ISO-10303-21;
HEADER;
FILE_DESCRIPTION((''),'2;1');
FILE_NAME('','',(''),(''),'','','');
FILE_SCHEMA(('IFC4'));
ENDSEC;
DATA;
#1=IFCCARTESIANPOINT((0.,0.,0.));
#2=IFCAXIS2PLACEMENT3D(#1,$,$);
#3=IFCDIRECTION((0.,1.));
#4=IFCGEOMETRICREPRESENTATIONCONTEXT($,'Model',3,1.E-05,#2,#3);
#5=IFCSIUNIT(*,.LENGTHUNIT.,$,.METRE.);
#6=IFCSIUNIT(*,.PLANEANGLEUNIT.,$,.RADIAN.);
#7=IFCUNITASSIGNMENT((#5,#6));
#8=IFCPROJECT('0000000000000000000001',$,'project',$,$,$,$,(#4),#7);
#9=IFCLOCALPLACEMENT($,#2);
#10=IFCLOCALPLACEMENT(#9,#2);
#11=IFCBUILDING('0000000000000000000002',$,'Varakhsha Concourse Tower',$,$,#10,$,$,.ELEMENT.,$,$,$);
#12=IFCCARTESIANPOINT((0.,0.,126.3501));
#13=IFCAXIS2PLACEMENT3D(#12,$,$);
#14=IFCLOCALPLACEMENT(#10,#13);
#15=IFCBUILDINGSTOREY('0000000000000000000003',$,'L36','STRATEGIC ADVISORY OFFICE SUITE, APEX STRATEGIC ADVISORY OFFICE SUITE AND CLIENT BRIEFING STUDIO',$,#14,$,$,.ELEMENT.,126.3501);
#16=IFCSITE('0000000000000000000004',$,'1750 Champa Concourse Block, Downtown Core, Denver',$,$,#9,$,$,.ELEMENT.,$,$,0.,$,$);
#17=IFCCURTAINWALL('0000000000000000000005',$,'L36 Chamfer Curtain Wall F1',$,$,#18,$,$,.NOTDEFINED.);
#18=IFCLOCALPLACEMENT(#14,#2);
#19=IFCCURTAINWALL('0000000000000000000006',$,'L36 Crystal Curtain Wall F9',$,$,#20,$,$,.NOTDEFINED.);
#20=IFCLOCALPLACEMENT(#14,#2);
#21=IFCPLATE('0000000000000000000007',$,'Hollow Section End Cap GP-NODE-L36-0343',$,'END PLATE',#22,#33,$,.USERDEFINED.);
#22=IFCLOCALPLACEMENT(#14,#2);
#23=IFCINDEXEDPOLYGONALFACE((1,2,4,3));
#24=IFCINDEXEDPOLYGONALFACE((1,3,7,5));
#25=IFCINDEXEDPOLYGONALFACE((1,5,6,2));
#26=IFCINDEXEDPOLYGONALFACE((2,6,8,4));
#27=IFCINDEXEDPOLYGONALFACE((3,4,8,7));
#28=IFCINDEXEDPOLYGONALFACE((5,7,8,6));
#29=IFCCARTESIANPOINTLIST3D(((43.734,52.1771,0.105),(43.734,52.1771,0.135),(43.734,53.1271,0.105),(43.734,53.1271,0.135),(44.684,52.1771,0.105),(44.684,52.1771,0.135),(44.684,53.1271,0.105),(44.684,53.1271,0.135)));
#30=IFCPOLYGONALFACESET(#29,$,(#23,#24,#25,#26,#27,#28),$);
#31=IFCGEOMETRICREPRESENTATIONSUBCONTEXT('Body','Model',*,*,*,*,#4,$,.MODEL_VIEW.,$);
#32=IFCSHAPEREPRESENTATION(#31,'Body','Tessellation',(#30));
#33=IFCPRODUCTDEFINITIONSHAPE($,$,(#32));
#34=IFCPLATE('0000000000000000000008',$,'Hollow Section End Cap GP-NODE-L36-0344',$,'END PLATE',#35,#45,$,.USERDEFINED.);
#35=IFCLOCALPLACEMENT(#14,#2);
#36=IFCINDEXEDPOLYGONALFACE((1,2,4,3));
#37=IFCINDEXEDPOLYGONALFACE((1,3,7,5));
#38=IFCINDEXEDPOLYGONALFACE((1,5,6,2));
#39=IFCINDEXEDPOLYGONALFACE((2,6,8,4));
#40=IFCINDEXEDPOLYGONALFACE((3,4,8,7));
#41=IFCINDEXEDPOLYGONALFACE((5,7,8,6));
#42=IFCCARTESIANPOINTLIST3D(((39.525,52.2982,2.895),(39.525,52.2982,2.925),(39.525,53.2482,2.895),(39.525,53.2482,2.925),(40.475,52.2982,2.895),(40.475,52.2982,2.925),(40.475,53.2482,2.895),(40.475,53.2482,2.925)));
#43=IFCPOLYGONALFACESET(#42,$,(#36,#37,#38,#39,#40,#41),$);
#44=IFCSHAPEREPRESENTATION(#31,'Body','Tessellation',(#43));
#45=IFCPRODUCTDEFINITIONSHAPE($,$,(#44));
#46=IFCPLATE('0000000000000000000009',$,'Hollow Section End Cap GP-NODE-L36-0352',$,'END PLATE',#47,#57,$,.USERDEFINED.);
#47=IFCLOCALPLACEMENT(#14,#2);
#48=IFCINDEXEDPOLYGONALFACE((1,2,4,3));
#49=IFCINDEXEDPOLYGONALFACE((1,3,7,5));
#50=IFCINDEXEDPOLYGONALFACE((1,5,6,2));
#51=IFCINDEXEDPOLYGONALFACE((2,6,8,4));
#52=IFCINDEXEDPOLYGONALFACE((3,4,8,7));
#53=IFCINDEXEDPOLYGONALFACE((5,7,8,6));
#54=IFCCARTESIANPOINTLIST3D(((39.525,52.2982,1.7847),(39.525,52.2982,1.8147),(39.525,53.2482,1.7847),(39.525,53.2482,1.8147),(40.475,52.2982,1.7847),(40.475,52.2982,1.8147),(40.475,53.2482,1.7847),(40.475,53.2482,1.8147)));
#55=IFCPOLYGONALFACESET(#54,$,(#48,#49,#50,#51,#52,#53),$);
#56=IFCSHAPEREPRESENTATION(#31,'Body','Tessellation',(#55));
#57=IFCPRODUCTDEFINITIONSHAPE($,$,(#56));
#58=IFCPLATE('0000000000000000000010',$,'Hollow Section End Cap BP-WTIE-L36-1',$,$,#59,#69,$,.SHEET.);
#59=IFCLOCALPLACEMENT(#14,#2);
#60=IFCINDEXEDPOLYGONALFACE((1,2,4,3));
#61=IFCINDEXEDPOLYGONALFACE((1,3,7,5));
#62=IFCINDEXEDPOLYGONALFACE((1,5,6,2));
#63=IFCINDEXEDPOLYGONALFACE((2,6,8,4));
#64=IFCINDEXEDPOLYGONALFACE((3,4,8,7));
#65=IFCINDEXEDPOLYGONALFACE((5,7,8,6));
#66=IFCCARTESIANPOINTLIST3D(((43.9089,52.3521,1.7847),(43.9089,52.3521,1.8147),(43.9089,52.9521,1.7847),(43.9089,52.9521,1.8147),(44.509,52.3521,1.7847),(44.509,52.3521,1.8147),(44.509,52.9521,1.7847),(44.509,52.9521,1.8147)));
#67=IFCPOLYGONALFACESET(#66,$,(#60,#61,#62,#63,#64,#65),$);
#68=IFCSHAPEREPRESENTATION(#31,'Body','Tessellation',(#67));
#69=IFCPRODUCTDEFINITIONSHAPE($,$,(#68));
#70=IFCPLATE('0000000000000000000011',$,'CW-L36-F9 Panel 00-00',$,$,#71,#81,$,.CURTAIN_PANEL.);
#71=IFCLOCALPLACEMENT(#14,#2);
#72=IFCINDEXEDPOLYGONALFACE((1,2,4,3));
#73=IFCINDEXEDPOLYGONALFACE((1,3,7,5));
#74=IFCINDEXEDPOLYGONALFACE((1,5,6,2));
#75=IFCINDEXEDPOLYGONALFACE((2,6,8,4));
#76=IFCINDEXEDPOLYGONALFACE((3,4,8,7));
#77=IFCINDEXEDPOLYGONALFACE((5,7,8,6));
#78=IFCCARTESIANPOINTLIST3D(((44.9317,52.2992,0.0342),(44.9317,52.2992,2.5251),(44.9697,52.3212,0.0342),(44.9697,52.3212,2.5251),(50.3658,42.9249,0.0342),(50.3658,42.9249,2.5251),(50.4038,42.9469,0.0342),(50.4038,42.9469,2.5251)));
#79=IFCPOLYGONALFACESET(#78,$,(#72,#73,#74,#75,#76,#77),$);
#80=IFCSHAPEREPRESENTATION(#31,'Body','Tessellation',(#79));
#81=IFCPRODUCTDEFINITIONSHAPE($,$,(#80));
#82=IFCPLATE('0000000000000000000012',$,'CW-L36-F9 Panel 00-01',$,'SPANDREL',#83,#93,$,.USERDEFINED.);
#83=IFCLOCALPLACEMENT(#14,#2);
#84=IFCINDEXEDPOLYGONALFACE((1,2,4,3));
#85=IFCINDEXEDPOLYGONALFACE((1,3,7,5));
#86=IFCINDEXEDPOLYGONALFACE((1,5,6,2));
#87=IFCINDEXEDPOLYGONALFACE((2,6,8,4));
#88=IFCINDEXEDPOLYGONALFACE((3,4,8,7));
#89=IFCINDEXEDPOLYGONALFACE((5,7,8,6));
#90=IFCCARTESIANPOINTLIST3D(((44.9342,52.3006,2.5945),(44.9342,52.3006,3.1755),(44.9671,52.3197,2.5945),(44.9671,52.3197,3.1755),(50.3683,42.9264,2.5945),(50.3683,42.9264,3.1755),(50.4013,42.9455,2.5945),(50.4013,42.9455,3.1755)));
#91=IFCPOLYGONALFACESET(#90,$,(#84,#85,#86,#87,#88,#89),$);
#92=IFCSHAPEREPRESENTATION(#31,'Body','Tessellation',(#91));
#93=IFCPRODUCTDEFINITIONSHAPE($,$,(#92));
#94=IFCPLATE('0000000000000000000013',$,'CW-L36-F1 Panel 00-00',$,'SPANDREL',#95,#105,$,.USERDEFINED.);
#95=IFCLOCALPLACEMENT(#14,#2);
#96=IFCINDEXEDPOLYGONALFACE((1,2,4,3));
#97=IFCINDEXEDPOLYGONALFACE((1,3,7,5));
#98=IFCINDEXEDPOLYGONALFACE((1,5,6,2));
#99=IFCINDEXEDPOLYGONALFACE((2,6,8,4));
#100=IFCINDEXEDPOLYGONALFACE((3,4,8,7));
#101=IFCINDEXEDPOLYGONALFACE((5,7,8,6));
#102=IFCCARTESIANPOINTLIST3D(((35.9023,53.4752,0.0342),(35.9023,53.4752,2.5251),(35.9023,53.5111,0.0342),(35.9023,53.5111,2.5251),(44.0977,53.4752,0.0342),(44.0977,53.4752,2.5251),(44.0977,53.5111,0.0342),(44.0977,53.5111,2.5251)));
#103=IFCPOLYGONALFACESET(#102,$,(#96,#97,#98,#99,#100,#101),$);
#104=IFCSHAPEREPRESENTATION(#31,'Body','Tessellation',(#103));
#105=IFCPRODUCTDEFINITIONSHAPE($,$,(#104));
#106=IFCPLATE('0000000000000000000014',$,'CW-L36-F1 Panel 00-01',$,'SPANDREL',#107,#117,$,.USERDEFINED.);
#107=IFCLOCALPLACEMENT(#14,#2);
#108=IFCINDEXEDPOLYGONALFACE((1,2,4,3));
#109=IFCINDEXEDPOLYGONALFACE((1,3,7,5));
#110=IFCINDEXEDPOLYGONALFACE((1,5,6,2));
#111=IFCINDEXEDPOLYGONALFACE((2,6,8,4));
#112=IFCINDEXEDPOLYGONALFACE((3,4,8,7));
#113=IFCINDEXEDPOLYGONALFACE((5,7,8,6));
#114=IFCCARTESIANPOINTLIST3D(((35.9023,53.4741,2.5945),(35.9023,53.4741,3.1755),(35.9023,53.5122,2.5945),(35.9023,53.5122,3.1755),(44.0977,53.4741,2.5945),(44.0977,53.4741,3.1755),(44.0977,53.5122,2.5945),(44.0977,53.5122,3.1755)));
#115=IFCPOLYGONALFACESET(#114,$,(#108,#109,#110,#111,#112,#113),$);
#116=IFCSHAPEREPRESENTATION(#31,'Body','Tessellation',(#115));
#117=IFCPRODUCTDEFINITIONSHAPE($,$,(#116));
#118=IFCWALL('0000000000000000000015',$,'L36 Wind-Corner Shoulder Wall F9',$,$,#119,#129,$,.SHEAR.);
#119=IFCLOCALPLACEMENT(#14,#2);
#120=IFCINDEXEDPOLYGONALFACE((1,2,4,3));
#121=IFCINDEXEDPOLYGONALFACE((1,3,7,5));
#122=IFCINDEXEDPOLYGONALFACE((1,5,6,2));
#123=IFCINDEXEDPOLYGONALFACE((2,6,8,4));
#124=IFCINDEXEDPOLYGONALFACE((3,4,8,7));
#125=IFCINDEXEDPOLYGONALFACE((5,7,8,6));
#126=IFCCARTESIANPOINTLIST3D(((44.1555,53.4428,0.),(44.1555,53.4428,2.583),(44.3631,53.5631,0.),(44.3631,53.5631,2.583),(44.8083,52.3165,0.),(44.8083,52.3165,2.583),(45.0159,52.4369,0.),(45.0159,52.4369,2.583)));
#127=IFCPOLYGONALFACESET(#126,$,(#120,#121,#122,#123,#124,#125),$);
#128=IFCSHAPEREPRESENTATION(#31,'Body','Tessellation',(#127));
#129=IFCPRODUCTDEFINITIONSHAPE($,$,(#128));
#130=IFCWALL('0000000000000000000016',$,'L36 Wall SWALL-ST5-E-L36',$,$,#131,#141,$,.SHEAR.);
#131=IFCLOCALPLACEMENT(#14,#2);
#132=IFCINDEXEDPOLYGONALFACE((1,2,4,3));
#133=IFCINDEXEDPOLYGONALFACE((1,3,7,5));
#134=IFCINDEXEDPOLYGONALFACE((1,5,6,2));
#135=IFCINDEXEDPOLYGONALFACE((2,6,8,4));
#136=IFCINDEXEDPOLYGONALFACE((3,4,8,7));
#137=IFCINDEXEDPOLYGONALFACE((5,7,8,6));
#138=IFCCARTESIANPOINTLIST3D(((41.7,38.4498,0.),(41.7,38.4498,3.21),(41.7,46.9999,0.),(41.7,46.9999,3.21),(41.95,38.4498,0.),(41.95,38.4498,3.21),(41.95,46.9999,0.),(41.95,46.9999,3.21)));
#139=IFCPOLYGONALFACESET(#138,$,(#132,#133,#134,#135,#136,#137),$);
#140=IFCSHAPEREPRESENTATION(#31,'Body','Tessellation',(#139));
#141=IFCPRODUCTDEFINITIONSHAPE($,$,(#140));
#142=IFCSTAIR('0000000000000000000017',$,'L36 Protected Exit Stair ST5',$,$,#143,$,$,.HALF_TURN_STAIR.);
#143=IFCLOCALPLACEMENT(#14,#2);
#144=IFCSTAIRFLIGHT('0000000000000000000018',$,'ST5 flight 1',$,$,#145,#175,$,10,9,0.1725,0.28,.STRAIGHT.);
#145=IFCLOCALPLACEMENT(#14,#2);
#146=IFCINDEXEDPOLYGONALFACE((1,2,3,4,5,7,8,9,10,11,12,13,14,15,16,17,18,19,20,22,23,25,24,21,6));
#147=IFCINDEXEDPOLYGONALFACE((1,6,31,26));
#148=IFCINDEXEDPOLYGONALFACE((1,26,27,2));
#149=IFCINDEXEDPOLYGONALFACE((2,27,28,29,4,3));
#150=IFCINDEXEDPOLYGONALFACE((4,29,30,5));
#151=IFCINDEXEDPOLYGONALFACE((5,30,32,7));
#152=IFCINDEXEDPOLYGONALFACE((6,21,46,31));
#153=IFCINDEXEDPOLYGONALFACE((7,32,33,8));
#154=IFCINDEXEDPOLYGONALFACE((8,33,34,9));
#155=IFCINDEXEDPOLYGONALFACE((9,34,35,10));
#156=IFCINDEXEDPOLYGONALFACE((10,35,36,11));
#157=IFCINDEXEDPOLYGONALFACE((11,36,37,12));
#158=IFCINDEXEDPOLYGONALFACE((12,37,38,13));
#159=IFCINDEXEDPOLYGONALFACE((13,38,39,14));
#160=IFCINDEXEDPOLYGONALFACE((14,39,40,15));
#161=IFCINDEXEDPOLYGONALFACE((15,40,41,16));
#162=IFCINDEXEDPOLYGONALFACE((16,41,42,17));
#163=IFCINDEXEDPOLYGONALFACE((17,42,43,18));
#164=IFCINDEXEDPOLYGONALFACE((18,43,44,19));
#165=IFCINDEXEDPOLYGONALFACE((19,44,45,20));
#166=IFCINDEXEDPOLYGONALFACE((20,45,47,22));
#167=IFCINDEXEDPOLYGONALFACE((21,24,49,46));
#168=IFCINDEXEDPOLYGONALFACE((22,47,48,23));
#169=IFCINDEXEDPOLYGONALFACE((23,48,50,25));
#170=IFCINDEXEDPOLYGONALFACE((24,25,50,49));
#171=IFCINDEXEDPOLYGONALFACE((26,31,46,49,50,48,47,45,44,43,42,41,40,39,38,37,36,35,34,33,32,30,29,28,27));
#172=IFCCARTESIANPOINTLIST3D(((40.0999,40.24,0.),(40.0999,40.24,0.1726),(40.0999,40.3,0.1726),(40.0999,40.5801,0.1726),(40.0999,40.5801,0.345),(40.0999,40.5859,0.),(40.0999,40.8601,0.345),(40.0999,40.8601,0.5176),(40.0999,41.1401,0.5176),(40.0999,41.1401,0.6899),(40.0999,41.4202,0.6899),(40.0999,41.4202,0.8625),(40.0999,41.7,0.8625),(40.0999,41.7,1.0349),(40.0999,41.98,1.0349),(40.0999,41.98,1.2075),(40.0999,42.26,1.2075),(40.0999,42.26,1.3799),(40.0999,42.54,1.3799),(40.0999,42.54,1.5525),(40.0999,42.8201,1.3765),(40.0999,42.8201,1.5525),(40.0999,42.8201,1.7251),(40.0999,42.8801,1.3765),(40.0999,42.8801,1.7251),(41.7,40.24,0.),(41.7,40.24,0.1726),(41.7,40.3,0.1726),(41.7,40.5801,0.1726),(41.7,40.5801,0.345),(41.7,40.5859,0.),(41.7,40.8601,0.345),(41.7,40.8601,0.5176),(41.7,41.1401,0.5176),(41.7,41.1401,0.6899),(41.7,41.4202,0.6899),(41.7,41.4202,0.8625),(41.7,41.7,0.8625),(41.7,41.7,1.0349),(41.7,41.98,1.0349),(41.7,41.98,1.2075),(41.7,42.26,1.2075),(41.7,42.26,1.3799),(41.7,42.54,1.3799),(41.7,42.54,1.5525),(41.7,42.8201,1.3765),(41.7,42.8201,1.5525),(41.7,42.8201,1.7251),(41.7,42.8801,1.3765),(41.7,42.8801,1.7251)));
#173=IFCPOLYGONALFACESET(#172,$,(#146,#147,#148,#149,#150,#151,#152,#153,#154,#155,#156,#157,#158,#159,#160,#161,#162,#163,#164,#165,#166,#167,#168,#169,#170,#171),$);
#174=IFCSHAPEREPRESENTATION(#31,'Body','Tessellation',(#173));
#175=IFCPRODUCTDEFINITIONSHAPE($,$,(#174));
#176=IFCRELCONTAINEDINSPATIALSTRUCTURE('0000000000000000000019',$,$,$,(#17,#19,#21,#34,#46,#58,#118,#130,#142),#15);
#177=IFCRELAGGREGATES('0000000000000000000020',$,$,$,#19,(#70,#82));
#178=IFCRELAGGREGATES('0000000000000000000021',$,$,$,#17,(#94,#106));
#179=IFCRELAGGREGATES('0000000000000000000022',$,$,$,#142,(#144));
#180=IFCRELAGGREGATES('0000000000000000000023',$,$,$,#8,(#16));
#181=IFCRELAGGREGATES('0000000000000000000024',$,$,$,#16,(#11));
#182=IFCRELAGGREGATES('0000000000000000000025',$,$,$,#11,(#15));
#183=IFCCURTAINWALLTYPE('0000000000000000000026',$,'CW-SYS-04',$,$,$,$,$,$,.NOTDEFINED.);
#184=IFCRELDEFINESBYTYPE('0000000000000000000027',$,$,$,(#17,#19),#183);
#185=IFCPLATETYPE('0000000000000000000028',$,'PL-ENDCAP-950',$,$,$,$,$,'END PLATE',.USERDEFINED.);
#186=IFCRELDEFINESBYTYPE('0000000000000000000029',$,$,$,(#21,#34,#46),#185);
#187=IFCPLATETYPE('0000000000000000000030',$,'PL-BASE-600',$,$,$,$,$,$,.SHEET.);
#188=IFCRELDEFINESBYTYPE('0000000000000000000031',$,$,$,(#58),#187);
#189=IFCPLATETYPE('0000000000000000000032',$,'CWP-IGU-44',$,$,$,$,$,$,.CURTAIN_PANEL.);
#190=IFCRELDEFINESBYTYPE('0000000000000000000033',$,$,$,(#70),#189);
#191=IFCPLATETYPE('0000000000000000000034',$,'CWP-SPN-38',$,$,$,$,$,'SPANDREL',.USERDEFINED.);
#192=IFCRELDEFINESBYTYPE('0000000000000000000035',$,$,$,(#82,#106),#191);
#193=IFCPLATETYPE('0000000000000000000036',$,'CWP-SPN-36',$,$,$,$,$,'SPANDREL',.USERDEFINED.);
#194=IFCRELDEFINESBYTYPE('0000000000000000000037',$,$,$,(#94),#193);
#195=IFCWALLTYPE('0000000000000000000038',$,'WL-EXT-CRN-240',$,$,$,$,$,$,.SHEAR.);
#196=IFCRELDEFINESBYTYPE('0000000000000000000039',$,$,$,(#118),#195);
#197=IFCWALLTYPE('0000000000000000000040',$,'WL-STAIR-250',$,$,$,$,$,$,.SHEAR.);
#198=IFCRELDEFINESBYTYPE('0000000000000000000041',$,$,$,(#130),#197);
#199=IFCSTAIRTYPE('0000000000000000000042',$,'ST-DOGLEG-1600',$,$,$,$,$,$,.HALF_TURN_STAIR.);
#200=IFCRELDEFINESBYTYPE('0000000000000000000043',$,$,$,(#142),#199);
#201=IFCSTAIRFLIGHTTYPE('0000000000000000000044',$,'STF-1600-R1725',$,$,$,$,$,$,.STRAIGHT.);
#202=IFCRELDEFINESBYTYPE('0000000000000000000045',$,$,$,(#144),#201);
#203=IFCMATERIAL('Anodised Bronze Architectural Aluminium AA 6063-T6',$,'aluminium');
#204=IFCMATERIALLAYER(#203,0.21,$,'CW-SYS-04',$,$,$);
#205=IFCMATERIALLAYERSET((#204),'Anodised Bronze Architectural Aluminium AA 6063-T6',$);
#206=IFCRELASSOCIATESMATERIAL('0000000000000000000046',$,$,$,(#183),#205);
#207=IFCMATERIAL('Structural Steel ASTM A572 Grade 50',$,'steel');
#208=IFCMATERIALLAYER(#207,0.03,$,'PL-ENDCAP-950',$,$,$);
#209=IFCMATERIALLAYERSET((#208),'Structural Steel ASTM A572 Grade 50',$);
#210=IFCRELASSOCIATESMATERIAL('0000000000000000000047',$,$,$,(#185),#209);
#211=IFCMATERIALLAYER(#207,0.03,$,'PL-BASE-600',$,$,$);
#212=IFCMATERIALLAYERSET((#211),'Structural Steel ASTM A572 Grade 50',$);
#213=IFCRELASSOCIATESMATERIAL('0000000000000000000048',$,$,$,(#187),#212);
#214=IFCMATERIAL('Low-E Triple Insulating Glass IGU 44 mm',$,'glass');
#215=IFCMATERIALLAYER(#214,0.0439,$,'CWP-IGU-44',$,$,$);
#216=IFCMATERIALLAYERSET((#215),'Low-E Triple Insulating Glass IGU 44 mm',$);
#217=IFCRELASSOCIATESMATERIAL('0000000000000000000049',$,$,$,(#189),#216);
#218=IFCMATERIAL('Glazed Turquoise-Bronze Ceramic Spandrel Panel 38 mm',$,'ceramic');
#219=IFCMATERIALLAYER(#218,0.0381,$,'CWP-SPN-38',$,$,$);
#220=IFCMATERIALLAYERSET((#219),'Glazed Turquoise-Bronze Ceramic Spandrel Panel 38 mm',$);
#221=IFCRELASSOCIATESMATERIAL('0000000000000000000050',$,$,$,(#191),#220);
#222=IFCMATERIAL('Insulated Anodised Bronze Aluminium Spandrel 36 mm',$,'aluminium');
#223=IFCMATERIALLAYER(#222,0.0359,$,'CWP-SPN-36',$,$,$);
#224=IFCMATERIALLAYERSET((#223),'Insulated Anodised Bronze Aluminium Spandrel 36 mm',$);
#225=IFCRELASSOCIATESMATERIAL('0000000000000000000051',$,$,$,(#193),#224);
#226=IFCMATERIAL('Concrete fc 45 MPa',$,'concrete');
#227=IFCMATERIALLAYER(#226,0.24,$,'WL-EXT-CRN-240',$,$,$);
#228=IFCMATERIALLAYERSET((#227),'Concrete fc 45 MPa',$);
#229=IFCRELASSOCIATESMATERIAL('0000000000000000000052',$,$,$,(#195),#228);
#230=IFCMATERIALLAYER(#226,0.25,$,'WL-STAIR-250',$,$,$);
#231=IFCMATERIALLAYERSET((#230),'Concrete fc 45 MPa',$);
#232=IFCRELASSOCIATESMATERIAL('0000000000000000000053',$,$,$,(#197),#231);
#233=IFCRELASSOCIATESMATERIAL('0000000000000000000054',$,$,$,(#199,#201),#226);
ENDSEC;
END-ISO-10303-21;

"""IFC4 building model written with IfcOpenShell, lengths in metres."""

from ifc_helpers import new_model, si_unit, direction, frame, frame_2d, origin, origin_2d, place, context, subcontext, project, spatial, polyline, rectangle, outline, extrude, source, transform, mapped, material, layer, layer_set, type_object, type_shapes, element, aggregate, save


model = new_model("IFC4")

# Units and contexts
model_context = context("Model", 3, precision=1e-05, world=origin(), true_north=direction((0.0, 1.0)))
body_context = subcontext(model_context, "Body", "Model", "MODEL_VIEW")
ifc_project = project(units=[si_unit("LENGTHUNIT", "METRE"), si_unit("PLANEANGLEUNIT", "RADIAN")], contexts=[model_context])

# Site, building, storey
site_placement = place(None, origin())
site = spatial("IfcSite", under=ifc_project, at=site_placement, Name="1750 Champa Concourse Block, Downtown Core, Denver", CompositionType="ELEMENT", RefElevation=0.0)
building_placement = place(site_placement, origin())
building = spatial("IfcBuilding", under=site, at=building_placement, Name="Varakhsha Concourse Tower", CompositionType="ELEMENT")
storey_placement = place(building_placement, frame((0.0, 0.0, 126.3501)))
storey = spatial("IfcBuildingStorey", under=building, at=storey_placement, Name="L36", Description="STRATEGIC ADVISORY OFFICE SUITE, APEX STRATEGIC ADVISORY OFFICE SUITE AND CLIENT BRIEFING STUDIO", CompositionType="ELEMENT", Elevation=126.3501)

# Shared definitions
ifc_material_1 = material(Name="Structural Steel ASTM A572 Grade 50", Category="steel")

# Curtain wall
ifc_material_2 = material(Name="Anodised Bronze Architectural Aluminium AA 6063-T6", Category="aluminium")
ifc_layer_1 = layer(ifc_material_2, 0.21, Name="CW-SYS-04")
ifc_layer_set_1 = layer_set([ifc_layer_1], Name="Anodised Bronze Architectural Aluminium AA 6063-T6")
curtain_wall_type = type_object("IfcCurtainWallType", Name="CW-SYS-04", PredefinedType="NOTDEFINED", material=ifc_layer_set_1)
curtain_wall_1_placement = place(storey_placement, origin())
curtain_wall_1 = element("IfcCurtainWall", 1, at=curtain_wall_1_placement, inside=storey, type_object=curtain_wall_type, Name="L36 Chamfer Curtain Wall F1", PredefinedType="NOTDEFINED")

# Curtain wall
curtain_wall_2_placement = place(storey_placement, origin())
curtain_wall_2 = element("IfcCurtainWall", 2, at=curtain_wall_2_placement, inside=storey, type_object=curtain_wall_type, Name="L36 Crystal Curtain Wall F9", PredefinedType="NOTDEFINED")

# Plates
ifc_layer_2 = layer(ifc_material_1, 0.03, Name="PL-ENDCAP-950")
ifc_layer_set_2 = layer_set([ifc_layer_2], Name="Structural Steel ASTM A572 Grade 50")
plate_type_1 = type_object("IfcPlateType", Name="PL-ENDCAP-950", ElementType="END PLATE", PredefinedType="USERDEFINED", material=ifc_layer_set_2)
shared_shape_1 = source(origin(), body_context, "Body", "SweptSolid", [
    extrude(rectangle(XDim=0.95, YDim=0.95, at=origin_2d()), origin(), (0.0, 0.0, 1.0), 0.03),
])
type_shapes(plate_type_1, [shared_shape_1])
for number, where, z_axis, x_axis, name in (
    (3, (44.209, 52.6521, 0.105), (0.0, 0.0, 1.0), (1.0, 0.0, 0.0), "Hollow Section End Cap GP-NODE-L36-0343"),
    (4, (40.0, 52.7732, 2.895), (0.0, 0.0, 1.0), (1.0, 0.0, 0.0), "Hollow Section End Cap GP-NODE-L36-0344"),
    (5, (40.0, 52.7732, 1.7847), (0.0, 0.0, 1.0), (1.0, 0.0, 0.0), "Hollow Section End Cap GP-NODE-L36-0352"),
):
    element("IfcPlate", number, at=place(storey_placement, frame(where, z_axis=z_axis, x_axis=x_axis)), inside=storey, type_object=plate_type_1, Name=name, ObjectType="END PLATE", PredefinedType="USERDEFINED", context=body_context, shape_type="MappedRepresentation", body=[
        mapped(shared_shape_1, transform((0.0, 0.0, 0.0), scale=1.0)),
    ])
ifc_layer_3 = layer(ifc_material_1, 0.03, Name="PL-BASE-600")
ifc_layer_set_3 = layer_set([ifc_layer_3], Name="Structural Steel ASTM A572 Grade 50")
plate_type_2 = type_object("IfcPlateType", Name="PL-BASE-600", PredefinedType="SHEET", material=ifc_layer_set_3)
shared_shape_2 = source(origin(), body_context, "Body", "SweptSolid", [
    extrude(rectangle(XDim=0.6001, YDim=0.6001, at=origin_2d()), origin(), (0.0, 0.0, 1.0), 0.03),
])
type_shapes(plate_type_2, [shared_shape_2])
plate_1_placement = place(storey_placement, frame((44.209, 52.6521, 1.7847), z_axis=(0.0, 0.0, 1.0), x_axis=(1.0, 0.0, 0.0)))
element("IfcPlate", 6, at=plate_1_placement, inside=storey, type_object=plate_type_2, Name="Hollow Section End Cap BP-WTIE-L36-1", PredefinedType="SHEET", context=body_context, shape_type="MappedRepresentation", body=[
    mapped(shared_shape_2, transform((0.0, 0.0, 0.0), scale=1.0)),
])

# Plates
ifc_material_3 = material(Name="Low-E Triple Insulating Glass IGU 44 mm", Category="glass")
ifc_layer_4 = layer(ifc_material_3, 0.0439, Name="CWP-IGU-44")
ifc_layer_set_4 = layer_set([ifc_layer_4], Name="Low-E Triple Insulating Glass IGU 44 mm")
plate_type_3 = type_object("IfcPlateType", Name="CWP-IGU-44", PredefinedType="CURTAIN_PANEL", material=ifc_layer_set_4)
shared_shape_3 = source(origin(), body_context, "Body", "SweptSolid", [
    extrude(rectangle(XDim=10.8354, YDim=0.0439, at=origin_2d()), origin(), (0.0, 0.0, 1.0), 2.491),
])
type_shapes(plate_type_3, [shared_shape_3])
plate_2_placement = place(storey_placement, frame((47.6677, 47.623, 0.0342), z_axis=(0.0, 0.0, 1.0), x_axis=(0.501514, -0.86515, 0.0)))
plate_2 = element("IfcPlate", 7, at=plate_2_placement, type_object=plate_type_3, Name="CW-L36-F9 Panel 00-00", PredefinedType="CURTAIN_PANEL", context=body_context, shape_type="MappedRepresentation", body=[
    mapped(shared_shape_3, transform((0.0, 0.0, 0.0), scale=1.0)),
])
ifc_material_4 = material(Name="Glazed Turquoise-Bronze Ceramic Spandrel Panel 38 mm", Category="ceramic")
ifc_layer_5 = layer(ifc_material_4, 0.0381, Name="CWP-SPN-38")
ifc_layer_set_5 = layer_set([ifc_layer_5], Name="Glazed Turquoise-Bronze Ceramic Spandrel Panel 38 mm")
plate_type_4 = type_object("IfcPlateType", Name="CWP-SPN-38", ElementType="SPANDREL", PredefinedType="USERDEFINED", material=ifc_layer_set_5)
shared_shape_4 = source(origin(), body_context, "Body", "SweptSolid", [
    extrude(rectangle(XDim=10.8354, YDim=0.0381, at=origin_2d()), origin(), (0.0, 0.0, 1.0), 0.5811),
])
plate_3_placement = place(storey_placement, frame((47.6677, 47.623, 2.5945), z_axis=(0.0, 0.0, 1.0), x_axis=(0.501514, -0.86515, 0.0)))
plate_3 = element("IfcPlate", 8, at=plate_3_placement, type_object=plate_type_4, Name="CW-L36-F9 Panel 00-01", ObjectType="SPANDREL", PredefinedType="USERDEFINED", context=body_context, shape_type="MappedRepresentation", body=[
    mapped(shared_shape_4, transform((0.0, 0.0, 0.0), scale=1.0)),
])
aggregate(curtain_wall_2, [plate_2, plate_3])
ifc_material_5 = material(Name="Insulated Anodised Bronze Aluminium Spandrel 36 mm", Category="aluminium")
ifc_layer_6 = layer(ifc_material_5, 0.0359, Name="CWP-SPN-36")
ifc_layer_set_6 = layer_set([ifc_layer_6], Name="Insulated Anodised Bronze Aluminium Spandrel 36 mm")
plate_type_5 = type_object("IfcPlateType", Name="CWP-SPN-36", ElementType="SPANDREL", PredefinedType="USERDEFINED", material=ifc_layer_set_6)
shared_shape_5 = source(origin(), body_context, "Body", "SweptSolid", [
    extrude(rectangle(XDim=8.1953, YDim=0.0359, at=origin_2d()), origin(), (0.0, 0.0, 1.0), 2.491),
])
type_shapes(plate_type_5, [shared_shape_5])
plate_4_placement = place(storey_placement, frame((40.0, 53.4932, 0.0342), z_axis=(0.0, 0.0, 1.0), x_axis=(1.0, 0.0, 0.0)))
plate_4 = element("IfcPlate", 9, at=plate_4_placement, type_object=plate_type_5, Name="CW-L36-F1 Panel 00-00", ObjectType="SPANDREL", PredefinedType="USERDEFINED", context=body_context, shape_type="MappedRepresentation", body=[
    mapped(shared_shape_5, transform((0.0, 0.0, 0.0), scale=1.0)),
])
shared_shape_6 = source(origin(), body_context, "Body", "SweptSolid", [
    extrude(rectangle(XDim=8.1953, YDim=0.0381, at=origin_2d()), origin(), (0.0, 0.0, 1.0), 0.5811),
])
type_shapes(plate_type_4, [shared_shape_4, shared_shape_6])
plate_5_placement = place(storey_placement, frame((40.0, 53.4932, 2.5945), z_axis=(0.0, 0.0, 1.0), x_axis=(1.0, 0.0, 0.0)))
plate_5 = element("IfcPlate", 10, at=plate_5_placement, type_object=plate_type_4, Name="CW-L36-F1 Panel 00-01", ObjectType="SPANDREL", PredefinedType="USERDEFINED", context=body_context, shape_type="MappedRepresentation", body=[
    mapped(shared_shape_6, transform((0.0, 0.0, 0.0), scale=1.0)),
])
aggregate(curtain_wall_1, [plate_4, plate_5])

# Walls
ifc_material_6 = material(Name="Concrete fc 45 MPa", Category="concrete")
ifc_layer_7 = layer(ifc_material_6, 0.24, Name="WL-EXT-CRN-240")
ifc_layer_set_7 = layer_set([ifc_layer_7], Name="Concrete fc 45 MPa")
wall_type_1 = type_object("IfcWallType", Name="WL-EXT-CRN-240", PredefinedType="SHEAR", material=ifc_layer_set_7)
wall_1_placement = place(storey_placement, frame((44.9121, 52.3767, 0.0), z_axis=(0.0, 0.0, 1.0), x_axis=(-0.501502, 0.865157, 0.0)))
element("IfcWall", 11, at=wall_1_placement, inside=storey, type_object=wall_type_1, Name="L36 Wind-Corner Shoulder Wall F9", PredefinedType="SHEAR", context=body_context, shape_type="SweptSolid", body=[
    extrude(rectangle(XDim=1.3018, YDim=0.24, at=frame_2d((0.6509, 0.0))), origin(), (0.0, 0.0, 1.0), 2.583),
])
ifc_layer_8 = layer(ifc_material_6, 0.25, Name="WL-STAIR-250")
ifc_layer_set_8 = layer_set([ifc_layer_8], Name="Concrete fc 45 MPa")
wall_type_2 = type_object("IfcWallType", Name="WL-STAIR-250", PredefinedType="SHEAR", material=ifc_layer_set_8)
wall_2_placement = place(storey_placement, frame((41.825, 38.45, 0.0), z_axis=(0.0, 0.0, 1.0), x_axis=(0.0, 1.0, 0.0)))
element("IfcWall", 12, at=wall_2_placement, inside=storey, type_object=wall_type_2, Name="L36 Wall SWALL-ST5-E-L36", PredefinedType="SHEAR", context=body_context, shape_type="SweptSolid", body=[
    extrude(rectangle(XDim=8.55, YDim=0.25, at=frame_2d((4.2749, 0.0))), origin(), (0.0, 0.0, 1.0), 3.21),
])

# Stair, stair flight
stair_type = type_object("IfcStairType", Name="ST-DOGLEG-1600", PredefinedType="HALF_TURN_STAIR", material=ifc_material_6)
stair_placement = place(storey_placement, origin())
stair = element("IfcStair", 13, at=stair_placement, inside=storey, type_object=stair_type, Name="L36 Protected Exit Stair ST5", PredefinedType="HALF_TURN_STAIR")
stair_flight_type = type_object("IfcStairFlightType", Name="STF-1600-R1725", PredefinedType="STRAIGHT", material=ifc_material_6)
stair_flight_1_placement = place(storey_placement, frame((40.8999, 40.3, 0.0), z_axis=(0.0, 0.0, 1.0), x_axis=(0.0, 1.0, 0.0)))
stair_flight_1 = element("IfcStairFlight", 14, at=stair_flight_1_placement, type_object=stair_flight_type, Name="ST5 flight 1", NumberOfRisers=10, NumberOfTreads=9, PredefinedType="STRAIGHT", RiserHeight=0.1725, TreadLength=0.28, context=body_context, shape_type="SweptSolid", body=[
    extrude(outline(polyline([(-0.0601, 0.0), (-0.0601, 0.1726), (0.0, 0.1726), (0.28, 0.1726), (0.28, 0.345), (0.5601, 0.345), (0.5601, 0.5176), (0.8401, 0.5176), (0.8401, 0.6899), (1.1201, 0.6899), (1.1201, 0.8625), (1.3999, 0.8625), (1.3999, 1.0349), (1.6799, 1.0349), (1.6799, 1.2075), (1.96, 1.2075), (1.96, 1.3799), (2.24, 1.3799), (2.24, 1.5525), (2.52, 1.5525), (2.52, 1.7251), (2.5801, 1.7251), (2.5801, 1.3765), (2.52, 1.3765), (0.2859, 0.0), (-0.0601, 0.0)])), frame((0.0, 0.8, 0.0), z_axis=(0.0, -1.0, 0.0), x_axis=(1.0, 0.0, 0.0)), (0.0, 0.0, 1.0), 1.6001),
])
aggregate(stair, [stair_flight_1])

save(model, "model.ifc")
